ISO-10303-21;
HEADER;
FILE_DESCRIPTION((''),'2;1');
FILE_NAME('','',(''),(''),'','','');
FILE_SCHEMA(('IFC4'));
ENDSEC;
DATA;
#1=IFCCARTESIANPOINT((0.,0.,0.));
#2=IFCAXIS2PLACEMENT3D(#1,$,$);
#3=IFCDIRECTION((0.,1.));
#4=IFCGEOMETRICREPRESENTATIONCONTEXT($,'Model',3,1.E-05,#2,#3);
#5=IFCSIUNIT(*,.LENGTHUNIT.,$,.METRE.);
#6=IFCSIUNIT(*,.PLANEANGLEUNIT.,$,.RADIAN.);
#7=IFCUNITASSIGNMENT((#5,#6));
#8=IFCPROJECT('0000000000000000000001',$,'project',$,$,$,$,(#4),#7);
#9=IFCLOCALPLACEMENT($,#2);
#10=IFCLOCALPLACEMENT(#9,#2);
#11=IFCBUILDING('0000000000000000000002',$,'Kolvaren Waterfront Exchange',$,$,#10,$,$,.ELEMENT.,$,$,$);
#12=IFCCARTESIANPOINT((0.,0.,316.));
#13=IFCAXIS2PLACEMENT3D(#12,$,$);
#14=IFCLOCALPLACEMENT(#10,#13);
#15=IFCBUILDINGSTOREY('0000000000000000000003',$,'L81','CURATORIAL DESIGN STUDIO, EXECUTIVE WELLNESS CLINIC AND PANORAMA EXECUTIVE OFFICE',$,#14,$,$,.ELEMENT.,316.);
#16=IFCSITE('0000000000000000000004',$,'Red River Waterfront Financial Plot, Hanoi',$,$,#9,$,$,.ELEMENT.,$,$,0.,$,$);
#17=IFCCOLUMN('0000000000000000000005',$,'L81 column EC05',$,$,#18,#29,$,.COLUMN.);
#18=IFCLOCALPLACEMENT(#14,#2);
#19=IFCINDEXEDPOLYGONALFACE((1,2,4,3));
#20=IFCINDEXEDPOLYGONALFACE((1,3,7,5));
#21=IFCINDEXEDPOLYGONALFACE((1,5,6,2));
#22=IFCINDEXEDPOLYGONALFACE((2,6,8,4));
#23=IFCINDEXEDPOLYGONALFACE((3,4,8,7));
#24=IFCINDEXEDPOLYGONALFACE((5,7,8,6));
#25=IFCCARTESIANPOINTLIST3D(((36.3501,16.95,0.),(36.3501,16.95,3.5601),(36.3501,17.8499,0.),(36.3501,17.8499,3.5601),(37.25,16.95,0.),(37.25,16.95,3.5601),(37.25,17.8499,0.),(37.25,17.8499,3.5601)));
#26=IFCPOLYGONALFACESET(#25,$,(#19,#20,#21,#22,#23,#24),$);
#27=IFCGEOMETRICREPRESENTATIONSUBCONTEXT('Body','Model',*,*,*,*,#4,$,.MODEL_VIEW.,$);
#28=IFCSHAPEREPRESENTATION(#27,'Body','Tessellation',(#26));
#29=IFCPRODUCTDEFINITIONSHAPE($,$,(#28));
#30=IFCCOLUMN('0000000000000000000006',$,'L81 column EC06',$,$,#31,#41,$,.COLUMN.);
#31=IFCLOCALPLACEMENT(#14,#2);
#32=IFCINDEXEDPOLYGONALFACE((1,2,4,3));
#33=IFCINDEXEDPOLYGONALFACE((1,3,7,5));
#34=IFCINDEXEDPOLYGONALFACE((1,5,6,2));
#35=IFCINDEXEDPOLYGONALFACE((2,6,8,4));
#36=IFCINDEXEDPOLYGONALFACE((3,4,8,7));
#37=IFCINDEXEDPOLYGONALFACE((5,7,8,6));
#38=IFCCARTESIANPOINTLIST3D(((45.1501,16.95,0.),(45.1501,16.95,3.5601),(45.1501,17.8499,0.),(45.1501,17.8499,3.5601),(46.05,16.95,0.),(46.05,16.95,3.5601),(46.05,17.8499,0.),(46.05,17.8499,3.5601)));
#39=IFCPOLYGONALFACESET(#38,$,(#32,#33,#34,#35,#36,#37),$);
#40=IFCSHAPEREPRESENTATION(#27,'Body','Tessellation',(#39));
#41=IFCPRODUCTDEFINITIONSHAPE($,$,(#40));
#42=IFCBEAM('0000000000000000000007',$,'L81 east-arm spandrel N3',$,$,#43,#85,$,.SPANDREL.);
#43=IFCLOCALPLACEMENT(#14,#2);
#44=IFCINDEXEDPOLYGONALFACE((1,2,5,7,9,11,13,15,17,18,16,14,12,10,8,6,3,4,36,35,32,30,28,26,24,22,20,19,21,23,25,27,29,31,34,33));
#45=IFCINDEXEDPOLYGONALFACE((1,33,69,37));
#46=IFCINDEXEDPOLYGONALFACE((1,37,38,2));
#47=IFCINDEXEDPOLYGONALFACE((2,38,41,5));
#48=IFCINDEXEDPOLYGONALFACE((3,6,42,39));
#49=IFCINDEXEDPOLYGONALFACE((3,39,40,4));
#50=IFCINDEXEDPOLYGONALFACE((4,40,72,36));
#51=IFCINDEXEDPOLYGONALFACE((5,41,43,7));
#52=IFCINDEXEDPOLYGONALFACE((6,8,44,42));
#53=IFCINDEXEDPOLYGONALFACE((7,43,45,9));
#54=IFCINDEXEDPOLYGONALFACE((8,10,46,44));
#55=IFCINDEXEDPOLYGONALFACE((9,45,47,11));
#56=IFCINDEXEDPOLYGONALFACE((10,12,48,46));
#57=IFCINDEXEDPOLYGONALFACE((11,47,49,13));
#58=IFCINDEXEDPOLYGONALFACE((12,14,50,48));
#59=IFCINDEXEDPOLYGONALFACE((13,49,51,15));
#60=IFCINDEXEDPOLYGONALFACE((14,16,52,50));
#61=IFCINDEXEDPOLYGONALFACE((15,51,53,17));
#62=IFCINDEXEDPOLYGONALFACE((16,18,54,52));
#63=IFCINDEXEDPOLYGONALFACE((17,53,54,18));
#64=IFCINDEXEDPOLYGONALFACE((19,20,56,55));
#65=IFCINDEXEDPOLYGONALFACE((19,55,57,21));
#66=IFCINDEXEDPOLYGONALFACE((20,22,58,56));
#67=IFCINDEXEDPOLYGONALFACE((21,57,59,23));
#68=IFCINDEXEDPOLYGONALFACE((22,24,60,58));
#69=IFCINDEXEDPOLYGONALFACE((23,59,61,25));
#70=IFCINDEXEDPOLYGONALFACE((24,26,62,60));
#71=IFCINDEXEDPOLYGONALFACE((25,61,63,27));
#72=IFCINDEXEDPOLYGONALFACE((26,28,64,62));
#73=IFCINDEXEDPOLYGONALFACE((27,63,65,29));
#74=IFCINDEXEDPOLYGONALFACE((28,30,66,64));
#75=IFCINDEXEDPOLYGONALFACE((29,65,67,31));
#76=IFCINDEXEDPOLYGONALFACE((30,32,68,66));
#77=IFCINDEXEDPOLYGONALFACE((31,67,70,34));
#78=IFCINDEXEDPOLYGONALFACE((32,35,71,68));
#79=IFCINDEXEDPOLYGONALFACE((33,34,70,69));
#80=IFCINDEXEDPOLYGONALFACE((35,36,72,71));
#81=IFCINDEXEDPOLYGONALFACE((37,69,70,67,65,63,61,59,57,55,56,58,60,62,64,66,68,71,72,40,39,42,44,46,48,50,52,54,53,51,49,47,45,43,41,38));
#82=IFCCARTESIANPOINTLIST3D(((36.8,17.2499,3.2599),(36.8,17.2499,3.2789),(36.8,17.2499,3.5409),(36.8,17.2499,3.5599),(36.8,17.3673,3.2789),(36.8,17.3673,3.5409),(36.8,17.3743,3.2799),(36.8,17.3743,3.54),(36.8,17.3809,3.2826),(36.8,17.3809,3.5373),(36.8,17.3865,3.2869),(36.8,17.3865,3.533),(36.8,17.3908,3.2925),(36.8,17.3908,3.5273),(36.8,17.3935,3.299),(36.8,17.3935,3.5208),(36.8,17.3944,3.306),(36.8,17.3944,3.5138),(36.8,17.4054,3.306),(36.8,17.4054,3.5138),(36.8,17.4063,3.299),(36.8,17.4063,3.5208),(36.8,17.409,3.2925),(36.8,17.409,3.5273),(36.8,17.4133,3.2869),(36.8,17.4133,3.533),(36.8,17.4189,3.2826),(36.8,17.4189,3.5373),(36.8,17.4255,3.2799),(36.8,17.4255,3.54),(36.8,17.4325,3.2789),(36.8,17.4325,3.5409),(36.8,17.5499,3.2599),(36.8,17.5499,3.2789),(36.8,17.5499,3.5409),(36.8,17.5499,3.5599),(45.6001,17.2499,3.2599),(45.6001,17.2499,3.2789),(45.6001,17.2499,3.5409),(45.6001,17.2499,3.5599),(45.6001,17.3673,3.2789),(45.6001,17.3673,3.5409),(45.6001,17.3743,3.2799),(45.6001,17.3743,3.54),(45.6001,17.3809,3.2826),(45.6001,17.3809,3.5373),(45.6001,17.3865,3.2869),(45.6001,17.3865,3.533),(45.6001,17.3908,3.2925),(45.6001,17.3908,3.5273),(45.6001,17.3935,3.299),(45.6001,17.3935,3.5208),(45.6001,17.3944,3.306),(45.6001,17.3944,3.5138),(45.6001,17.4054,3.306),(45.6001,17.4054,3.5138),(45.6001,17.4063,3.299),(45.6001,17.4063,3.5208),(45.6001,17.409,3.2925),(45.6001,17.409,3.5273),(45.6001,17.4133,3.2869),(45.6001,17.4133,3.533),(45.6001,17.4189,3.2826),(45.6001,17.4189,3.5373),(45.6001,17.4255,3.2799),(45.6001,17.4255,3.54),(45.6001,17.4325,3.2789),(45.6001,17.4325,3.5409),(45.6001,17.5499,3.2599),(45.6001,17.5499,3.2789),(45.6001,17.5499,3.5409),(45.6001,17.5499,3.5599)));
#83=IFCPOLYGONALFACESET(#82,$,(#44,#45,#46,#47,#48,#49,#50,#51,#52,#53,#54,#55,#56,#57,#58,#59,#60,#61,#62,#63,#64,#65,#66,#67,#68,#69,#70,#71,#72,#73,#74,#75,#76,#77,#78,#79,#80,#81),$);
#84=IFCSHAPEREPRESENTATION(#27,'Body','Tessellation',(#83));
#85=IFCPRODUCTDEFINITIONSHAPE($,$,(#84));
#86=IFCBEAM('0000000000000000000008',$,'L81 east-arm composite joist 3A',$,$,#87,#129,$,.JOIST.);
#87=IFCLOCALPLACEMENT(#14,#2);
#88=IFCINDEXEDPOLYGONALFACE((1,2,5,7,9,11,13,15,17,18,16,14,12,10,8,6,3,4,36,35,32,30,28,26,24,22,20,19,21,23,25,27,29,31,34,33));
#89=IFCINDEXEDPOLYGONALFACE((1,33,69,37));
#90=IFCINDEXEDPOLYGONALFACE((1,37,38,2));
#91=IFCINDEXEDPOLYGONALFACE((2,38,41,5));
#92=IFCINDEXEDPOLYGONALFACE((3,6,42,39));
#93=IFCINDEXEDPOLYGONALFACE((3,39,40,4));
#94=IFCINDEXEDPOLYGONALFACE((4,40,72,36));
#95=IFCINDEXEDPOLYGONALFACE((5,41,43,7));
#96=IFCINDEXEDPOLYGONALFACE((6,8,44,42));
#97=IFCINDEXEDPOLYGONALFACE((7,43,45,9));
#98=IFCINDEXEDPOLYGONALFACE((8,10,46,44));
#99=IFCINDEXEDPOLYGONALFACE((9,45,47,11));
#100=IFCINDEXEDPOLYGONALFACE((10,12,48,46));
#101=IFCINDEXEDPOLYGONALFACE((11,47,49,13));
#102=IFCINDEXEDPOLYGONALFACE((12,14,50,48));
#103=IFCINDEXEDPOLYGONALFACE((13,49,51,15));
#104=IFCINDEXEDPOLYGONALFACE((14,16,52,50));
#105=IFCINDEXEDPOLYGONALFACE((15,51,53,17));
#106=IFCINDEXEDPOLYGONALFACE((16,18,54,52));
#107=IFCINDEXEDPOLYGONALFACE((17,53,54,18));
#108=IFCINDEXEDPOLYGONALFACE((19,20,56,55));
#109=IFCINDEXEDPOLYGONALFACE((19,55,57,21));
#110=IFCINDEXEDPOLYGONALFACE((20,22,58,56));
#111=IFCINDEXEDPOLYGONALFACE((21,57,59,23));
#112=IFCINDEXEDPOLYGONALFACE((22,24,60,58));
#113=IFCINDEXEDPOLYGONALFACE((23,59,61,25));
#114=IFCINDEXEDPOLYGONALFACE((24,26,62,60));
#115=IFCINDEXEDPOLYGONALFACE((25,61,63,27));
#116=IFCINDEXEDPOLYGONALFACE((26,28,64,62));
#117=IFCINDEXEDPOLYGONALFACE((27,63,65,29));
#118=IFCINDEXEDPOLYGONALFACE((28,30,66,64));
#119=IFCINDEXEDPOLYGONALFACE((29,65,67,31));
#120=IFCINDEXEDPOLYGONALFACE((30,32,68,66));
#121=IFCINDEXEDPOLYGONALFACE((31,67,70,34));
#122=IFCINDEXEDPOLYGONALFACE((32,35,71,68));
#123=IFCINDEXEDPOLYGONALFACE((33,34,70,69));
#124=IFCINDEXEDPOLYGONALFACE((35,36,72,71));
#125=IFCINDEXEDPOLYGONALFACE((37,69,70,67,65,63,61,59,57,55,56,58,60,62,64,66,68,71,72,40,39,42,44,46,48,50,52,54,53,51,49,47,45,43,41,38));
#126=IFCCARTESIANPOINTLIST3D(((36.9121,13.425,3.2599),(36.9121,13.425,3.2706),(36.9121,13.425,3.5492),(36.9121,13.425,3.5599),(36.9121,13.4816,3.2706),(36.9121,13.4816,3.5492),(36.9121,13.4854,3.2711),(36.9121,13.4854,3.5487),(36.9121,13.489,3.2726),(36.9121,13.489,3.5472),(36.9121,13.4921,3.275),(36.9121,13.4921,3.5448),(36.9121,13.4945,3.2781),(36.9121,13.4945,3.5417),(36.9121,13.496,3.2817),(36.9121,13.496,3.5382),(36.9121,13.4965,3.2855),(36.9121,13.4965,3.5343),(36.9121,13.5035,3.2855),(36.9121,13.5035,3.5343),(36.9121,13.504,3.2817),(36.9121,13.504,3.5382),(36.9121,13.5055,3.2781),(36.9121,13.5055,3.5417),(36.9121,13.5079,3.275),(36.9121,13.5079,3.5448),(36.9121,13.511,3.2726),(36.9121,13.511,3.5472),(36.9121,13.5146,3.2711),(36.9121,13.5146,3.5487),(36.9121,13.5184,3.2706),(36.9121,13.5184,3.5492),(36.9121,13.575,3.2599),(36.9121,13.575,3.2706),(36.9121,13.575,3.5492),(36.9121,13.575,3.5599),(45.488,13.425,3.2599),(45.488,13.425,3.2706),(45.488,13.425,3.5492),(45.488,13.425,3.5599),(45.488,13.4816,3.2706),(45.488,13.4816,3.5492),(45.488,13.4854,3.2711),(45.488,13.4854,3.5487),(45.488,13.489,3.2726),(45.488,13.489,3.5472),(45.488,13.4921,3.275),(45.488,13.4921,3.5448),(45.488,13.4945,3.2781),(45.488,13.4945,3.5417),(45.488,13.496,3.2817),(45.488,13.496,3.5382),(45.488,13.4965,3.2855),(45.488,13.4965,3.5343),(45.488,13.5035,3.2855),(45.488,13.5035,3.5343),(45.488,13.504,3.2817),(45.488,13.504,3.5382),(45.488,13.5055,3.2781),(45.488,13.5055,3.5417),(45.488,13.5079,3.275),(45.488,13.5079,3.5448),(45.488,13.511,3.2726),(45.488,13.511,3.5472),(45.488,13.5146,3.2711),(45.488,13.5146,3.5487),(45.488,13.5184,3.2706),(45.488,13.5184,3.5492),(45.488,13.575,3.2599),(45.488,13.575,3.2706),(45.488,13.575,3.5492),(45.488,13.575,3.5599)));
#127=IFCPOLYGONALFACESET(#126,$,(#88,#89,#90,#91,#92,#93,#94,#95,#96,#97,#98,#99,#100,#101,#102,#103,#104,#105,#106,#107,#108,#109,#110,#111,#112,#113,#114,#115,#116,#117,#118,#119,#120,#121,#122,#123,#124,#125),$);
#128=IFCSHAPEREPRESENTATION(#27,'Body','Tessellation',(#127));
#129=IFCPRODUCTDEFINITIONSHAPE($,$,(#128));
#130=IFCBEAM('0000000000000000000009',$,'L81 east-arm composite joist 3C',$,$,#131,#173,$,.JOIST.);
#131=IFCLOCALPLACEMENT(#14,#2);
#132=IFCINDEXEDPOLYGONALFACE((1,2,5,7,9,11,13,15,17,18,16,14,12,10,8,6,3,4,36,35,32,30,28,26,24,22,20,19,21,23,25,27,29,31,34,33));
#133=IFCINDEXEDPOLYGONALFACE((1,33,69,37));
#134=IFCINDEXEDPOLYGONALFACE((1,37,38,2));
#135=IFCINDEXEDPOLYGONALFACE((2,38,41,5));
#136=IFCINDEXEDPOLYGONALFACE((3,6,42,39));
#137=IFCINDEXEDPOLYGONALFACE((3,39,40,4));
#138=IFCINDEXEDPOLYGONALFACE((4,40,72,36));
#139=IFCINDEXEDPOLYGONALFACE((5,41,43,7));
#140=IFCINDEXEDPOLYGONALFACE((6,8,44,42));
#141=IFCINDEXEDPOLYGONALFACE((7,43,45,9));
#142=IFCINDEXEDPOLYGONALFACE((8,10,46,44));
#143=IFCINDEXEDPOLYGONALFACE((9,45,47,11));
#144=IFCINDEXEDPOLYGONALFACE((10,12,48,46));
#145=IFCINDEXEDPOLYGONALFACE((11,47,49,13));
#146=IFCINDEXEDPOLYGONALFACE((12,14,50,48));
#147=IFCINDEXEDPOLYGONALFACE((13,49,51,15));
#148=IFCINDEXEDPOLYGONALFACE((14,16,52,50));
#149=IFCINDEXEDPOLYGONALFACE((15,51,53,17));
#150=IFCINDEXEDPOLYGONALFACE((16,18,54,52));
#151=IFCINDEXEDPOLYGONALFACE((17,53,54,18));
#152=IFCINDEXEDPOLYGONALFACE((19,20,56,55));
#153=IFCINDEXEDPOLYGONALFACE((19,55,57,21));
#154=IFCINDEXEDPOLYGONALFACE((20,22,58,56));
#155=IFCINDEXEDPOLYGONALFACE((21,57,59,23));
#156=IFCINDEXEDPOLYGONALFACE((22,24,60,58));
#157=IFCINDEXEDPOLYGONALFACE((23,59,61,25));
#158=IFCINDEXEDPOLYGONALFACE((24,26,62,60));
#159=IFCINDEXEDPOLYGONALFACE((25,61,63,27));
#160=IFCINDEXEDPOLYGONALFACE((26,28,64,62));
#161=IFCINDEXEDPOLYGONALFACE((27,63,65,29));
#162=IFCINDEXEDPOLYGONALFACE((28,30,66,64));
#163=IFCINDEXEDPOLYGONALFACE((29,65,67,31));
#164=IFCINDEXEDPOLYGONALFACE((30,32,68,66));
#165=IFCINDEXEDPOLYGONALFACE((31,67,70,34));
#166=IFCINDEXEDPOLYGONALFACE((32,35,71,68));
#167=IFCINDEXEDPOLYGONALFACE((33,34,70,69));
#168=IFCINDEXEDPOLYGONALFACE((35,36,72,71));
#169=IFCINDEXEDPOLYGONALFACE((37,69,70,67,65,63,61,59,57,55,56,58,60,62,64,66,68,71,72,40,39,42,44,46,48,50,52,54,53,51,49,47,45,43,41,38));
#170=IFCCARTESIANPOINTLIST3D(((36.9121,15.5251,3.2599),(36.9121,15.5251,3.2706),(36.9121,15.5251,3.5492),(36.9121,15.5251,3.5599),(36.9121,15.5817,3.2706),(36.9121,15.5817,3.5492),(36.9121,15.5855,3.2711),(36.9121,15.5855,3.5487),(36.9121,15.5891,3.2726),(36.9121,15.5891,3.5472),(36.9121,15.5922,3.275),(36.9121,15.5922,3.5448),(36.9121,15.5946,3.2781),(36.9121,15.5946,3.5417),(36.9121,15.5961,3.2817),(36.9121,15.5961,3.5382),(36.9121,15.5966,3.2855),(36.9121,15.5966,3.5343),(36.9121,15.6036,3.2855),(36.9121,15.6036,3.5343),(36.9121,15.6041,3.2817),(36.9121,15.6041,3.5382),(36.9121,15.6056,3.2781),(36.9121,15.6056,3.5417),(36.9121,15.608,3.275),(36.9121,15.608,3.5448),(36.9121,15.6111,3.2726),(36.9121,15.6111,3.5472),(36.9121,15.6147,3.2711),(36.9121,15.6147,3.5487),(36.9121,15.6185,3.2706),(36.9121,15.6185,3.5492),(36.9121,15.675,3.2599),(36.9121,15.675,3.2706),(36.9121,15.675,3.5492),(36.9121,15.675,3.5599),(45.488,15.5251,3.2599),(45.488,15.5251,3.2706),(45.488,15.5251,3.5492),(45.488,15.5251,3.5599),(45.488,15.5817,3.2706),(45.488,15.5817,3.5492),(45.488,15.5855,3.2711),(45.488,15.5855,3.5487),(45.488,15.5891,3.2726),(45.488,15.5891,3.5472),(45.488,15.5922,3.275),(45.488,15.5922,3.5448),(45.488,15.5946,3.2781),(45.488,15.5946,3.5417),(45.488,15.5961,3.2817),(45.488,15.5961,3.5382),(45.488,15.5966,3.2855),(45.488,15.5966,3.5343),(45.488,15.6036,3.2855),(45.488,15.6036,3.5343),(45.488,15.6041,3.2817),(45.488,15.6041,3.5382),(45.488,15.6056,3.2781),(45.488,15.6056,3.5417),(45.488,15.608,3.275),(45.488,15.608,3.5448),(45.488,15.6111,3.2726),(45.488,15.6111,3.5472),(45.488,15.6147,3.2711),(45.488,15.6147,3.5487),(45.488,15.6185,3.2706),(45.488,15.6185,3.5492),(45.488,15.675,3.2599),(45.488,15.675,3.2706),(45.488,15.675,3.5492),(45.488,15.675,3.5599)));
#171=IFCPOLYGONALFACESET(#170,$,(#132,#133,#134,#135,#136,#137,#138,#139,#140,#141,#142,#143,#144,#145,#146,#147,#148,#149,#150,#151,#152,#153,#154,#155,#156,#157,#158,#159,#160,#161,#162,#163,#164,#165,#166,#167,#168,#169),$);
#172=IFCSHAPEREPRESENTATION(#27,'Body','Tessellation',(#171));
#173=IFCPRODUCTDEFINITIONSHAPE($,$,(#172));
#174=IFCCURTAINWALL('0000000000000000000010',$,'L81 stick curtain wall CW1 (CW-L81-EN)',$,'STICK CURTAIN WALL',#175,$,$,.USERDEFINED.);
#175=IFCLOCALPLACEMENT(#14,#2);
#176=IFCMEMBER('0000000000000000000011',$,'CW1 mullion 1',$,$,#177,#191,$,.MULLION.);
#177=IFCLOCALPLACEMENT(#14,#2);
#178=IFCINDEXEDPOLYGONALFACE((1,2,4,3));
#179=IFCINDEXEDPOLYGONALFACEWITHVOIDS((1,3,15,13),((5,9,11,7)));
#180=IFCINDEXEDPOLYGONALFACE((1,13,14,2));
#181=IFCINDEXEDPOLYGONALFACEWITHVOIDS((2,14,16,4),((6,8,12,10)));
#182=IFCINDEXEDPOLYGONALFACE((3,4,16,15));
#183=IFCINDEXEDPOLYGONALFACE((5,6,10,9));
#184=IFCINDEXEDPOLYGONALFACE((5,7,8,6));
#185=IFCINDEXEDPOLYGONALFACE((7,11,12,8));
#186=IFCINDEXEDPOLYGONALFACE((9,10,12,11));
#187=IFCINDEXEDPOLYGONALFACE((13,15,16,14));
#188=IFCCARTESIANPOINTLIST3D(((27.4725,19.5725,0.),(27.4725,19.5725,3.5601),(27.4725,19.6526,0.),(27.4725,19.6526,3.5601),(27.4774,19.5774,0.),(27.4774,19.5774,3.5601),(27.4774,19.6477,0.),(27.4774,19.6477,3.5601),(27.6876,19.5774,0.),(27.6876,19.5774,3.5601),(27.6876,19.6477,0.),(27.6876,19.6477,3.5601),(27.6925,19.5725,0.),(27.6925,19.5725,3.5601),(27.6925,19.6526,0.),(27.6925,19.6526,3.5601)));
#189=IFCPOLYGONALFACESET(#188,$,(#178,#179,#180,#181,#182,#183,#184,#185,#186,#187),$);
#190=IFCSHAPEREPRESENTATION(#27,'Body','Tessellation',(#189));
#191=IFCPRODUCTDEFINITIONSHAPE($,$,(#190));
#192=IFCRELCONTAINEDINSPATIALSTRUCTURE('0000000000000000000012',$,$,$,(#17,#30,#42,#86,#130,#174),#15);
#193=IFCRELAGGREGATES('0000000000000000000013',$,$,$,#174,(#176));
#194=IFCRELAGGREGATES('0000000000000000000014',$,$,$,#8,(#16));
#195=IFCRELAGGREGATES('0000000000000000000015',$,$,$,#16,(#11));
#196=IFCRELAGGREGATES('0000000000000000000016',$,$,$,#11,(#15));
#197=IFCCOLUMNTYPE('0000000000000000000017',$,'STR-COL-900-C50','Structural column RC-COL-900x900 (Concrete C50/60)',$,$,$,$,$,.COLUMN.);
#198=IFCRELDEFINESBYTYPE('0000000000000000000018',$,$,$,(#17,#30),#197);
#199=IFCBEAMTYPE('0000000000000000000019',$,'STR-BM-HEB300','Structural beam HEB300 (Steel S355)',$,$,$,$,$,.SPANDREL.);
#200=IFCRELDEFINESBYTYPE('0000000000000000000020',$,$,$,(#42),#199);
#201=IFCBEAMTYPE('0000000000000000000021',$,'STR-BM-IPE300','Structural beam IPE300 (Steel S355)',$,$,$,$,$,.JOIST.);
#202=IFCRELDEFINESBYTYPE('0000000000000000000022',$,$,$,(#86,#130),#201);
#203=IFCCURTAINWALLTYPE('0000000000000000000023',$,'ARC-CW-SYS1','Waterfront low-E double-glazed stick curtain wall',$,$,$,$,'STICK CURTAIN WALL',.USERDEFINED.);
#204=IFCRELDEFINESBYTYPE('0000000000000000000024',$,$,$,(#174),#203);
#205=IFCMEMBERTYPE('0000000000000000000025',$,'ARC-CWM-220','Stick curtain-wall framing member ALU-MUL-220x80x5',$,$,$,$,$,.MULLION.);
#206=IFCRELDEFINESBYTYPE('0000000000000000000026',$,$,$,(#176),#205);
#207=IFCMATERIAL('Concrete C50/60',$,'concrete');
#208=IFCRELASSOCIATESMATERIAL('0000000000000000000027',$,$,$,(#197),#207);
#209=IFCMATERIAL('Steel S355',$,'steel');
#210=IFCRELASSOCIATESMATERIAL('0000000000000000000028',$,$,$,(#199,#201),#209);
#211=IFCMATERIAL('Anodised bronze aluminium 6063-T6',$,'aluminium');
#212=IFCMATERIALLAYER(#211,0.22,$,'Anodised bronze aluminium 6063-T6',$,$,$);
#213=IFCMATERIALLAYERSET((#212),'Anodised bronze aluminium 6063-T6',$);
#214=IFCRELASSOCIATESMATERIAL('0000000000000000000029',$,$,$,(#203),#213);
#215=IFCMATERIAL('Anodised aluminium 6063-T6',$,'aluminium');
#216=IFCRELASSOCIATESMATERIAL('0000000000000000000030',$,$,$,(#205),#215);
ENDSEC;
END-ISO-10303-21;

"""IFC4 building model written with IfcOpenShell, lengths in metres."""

from ifc_helpers import new_model, si_unit, direction, frame, origin, origin_with_axes, origin_2d, place, context, subcontext, project, spatial, rectangle, hollow_rectangle, i_section, extrude, source, transform, mapped, material, layer, layer_set, material_profile, profile_set, type_object, element, aggregate, save


model = new_model("IFC4")

# Units and contexts
model_context = context("Model", 3, precision=1e-05, world=origin(), true_north=direction((0.0, 1.0)))
body_context = subcontext(model_context, "Body", "Model", "MODEL_VIEW")
ifc_project = project(units=[si_unit("LENGTHUNIT", "METRE"), si_unit("PLANEANGLEUNIT", "RADIAN")], contexts=[model_context])

# Site, building, storey
site_placement = place(None, origin())
site = spatial("IfcSite", under=ifc_project, at=site_placement, Name="Red River Waterfront Financial Plot, Hanoi", CompositionType="ELEMENT", RefElevation=0.0)
building_placement = place(site_placement, origin())
building = spatial("IfcBuilding", under=site, at=building_placement, Name="Kolvaren Waterfront Exchange", CompositionType="ELEMENT")
storey_placement = place(building_placement, frame((0.0, 0.0, 316.0)))
storey = spatial("IfcBuildingStorey", under=building, at=storey_placement, Name="L81", Description="CURATORIAL DESIGN STUDIO, EXECUTIVE WELLNESS CLINIC AND PANORAMA EXECUTIVE OFFICE", CompositionType="ELEMENT", Elevation=316.0)

# Columns
ifc_material_1 = material(Name="Concrete C50/60", Category="concrete")
ifc_material_profile_1 = material_profile(ifc_material_1, rectangle(XDim=0.8999, YDim=0.8999, at=origin_2d()), Name="RC-COL-900x900")
ifc_profile_set_1 = profile_set([ifc_material_profile_1], Name="Concrete C50/60")
column_type = type_object("IfcColumnType", Name="STR-COL-900-C50", Description="Structural column RC-COL-900x900 (Concrete C50/60)", PredefinedType="COLUMN", material=ifc_profile_set_1)
for number, where, z_axis, x_axis, name in (
    (1, (36.8, 17.3999, 0.0), (0.0, 0.0, 1.0), (1.0, 0.0, 0.0), "L81 column EC05"),
    (2, (45.6001, 17.3999, 0.0), (0.0, 0.0, 1.0), (1.0, 0.0, 0.0), "L81 column EC06"),
):
    element("IfcColumn", number, at=place(storey_placement, frame(where, z_axis=z_axis, x_axis=x_axis)), inside=storey, type_object=column_type, Name=name, PredefinedType="COLUMN", context=body_context, shape_type="SweptSolid", body=[
        extrude(rectangle(XDim=0.8999, YDim=0.8999, at=origin_2d()), origin(), (0.0, 0.0, 1.0), 3.5601),
    ])

# Beams
ifc_material_2 = material(Name="Steel S355", Category="steel")
ifc_material_profile_2 = material_profile(ifc_material_2, i_section(OverallWidth=0.3, OverallDepth=0.3, WebThickness=0.011, FlangeThickness=0.019, FilletRadius=0.0271, at=origin_2d()), Name="HEB300")
ifc_profile_set_2 = profile_set([ifc_material_profile_2], Name="Steel S355")
beam_type_1 = type_object("IfcBeamType", Name="STR-BM-HEB300", Description="Structural beam HEB300 (Steel S355)", PredefinedType="SPANDREL", material=ifc_profile_set_2)
beam_placement = place(storey_placement, frame((36.8, 17.3999, 3.4099), z_axis=(1.0, 0.0, 0.0), x_axis=(0.0, 1.0, 0.0)))
element("IfcBeam", 3, at=beam_placement, inside=storey, type_object=beam_type_1, Name="L81 east-arm spandrel N3", PredefinedType="SPANDREL", context=body_context, shape_type="SweptSolid", body=[
    extrude(i_section(OverallWidth=0.3, OverallDepth=0.3, WebThickness=0.011, FlangeThickness=0.019, FilletRadius=0.0271, at=origin_2d()), origin(), (0.0, 0.0, 1.0), 8.8),
])
ifc_material_profile_3 = material_profile(ifc_material_2, i_section(OverallWidth=0.1499, OverallDepth=0.3, WebThickness=0.0071, FlangeThickness=0.0107, FilletRadius=0.0149, at=origin_2d()), Name="IPE300")
ifc_profile_set_3 = profile_set([ifc_material_profile_3], Name="Steel S355")
beam_type_2 = type_object("IfcBeamType", Name="STR-BM-IPE300", Description="Structural beam IPE300 (Steel S355)", PredefinedType="JOIST", material=ifc_profile_set_3)
for number, where, z_axis, x_axis, name in (
    (4, (36.9121, 13.5, 3.4099), (1.0, 0.0, 0.0), (0.0, 1.0, 0.0), "L81 east-arm composite joist 3A"),
    (5, (36.9121, 15.6001, 3.4099), (1.0, 0.0, 0.0), (0.0, 1.0, 0.0), "L81 east-arm composite joist 3C"),
):
    element("IfcBeam", number, at=place(storey_placement, frame(where, z_axis=z_axis, x_axis=x_axis)), inside=storey, type_object=beam_type_2, Name=name, PredefinedType="JOIST", context=body_context, shape_type="SweptSolid", body=[
        extrude(i_section(OverallWidth=0.1499, OverallDepth=0.3, WebThickness=0.0071, FlangeThickness=0.0107, FilletRadius=0.0149, at=origin_2d()), origin(), (0.0, 0.0, 1.0), 8.5759),
    ])

# Curtain wall, member
ifc_material_3 = material(Name="Anodised bronze aluminium 6063-T6", Category="aluminium")
ifc_layer_1 = layer(ifc_material_3, 0.22, Name="Anodised bronze aluminium 6063-T6")
ifc_layer_set_1 = layer_set([ifc_layer_1], Name="Anodised bronze aluminium 6063-T6")
curtain_wall_type = type_object("IfcCurtainWallType", Name="ARC-CW-SYS1", Description="Waterfront low-E double-glazed stick curtain wall", ElementType="STICK CURTAIN WALL", PredefinedType="USERDEFINED", material=ifc_layer_set_1)
curtain_wall_placement = place(storey_placement, origin())
curtain_wall = element("IfcCurtainWall", 6, at=curtain_wall_placement, inside=storey, type_object=curtain_wall_type, Name="L81 stick curtain wall CW1 (CW-L81-EN)", ObjectType="STICK CURTAIN WALL", PredefinedType="USERDEFINED")
ifc_material_4 = material(Name="Anodised aluminium 6063-T6", Category="aluminium")
ifc_material_profile_4 = material_profile(ifc_material_4, hollow_rectangle(XDim=0.0801, YDim=0.22, WallThickness=0.0049, at=origin_2d()), Name="ALU-MUL-220x80x5")
ifc_profile_set_4 = profile_set([ifc_material_profile_4], Name="Anodised aluminium 6063-T6")
member_type_1 = type_object("IfcMemberType", Name="ARC-CWM-220", Description="Stick curtain-wall framing member ALU-MUL-220x80x5", PredefinedType="MULLION", material=ifc_profile_set_4)
shared_shape_1 = source(origin_with_axes(), body_context, "Body", "SweptSolid", [
    extrude(hollow_rectangle(XDim=0.0801, YDim=0.22, WallThickness=0.0049, at=origin_2d()), origin(), (0.0, 0.0, 1.0), 3.5601),
])
member_1_placement = place(storey_placement, frame((27.5825, 19.6125, 0.0), z_axis=(0.0, 0.0, 1.0), x_axis=(0.0, 1.0, 0.0)))
member_1 = element("IfcMember", 7, at=member_1_placement, type_object=member_type_1, Name="CW1 mullion 1", PredefinedType="MULLION", context=body_context, shape_type="MappedRepresentation", body=[
    mapped(shared_shape_1, transform((0.0, 0.0, 0.0), x_axis=(1.0, 0.0, 0.0), y_axis=(0.0, 1.0, 0.0), z_axis=(0.0, 0.0, 1.0), scale=1.0)),
])
aggregate(curtain_wall, [member_1])

save(model, "model.ifc")
